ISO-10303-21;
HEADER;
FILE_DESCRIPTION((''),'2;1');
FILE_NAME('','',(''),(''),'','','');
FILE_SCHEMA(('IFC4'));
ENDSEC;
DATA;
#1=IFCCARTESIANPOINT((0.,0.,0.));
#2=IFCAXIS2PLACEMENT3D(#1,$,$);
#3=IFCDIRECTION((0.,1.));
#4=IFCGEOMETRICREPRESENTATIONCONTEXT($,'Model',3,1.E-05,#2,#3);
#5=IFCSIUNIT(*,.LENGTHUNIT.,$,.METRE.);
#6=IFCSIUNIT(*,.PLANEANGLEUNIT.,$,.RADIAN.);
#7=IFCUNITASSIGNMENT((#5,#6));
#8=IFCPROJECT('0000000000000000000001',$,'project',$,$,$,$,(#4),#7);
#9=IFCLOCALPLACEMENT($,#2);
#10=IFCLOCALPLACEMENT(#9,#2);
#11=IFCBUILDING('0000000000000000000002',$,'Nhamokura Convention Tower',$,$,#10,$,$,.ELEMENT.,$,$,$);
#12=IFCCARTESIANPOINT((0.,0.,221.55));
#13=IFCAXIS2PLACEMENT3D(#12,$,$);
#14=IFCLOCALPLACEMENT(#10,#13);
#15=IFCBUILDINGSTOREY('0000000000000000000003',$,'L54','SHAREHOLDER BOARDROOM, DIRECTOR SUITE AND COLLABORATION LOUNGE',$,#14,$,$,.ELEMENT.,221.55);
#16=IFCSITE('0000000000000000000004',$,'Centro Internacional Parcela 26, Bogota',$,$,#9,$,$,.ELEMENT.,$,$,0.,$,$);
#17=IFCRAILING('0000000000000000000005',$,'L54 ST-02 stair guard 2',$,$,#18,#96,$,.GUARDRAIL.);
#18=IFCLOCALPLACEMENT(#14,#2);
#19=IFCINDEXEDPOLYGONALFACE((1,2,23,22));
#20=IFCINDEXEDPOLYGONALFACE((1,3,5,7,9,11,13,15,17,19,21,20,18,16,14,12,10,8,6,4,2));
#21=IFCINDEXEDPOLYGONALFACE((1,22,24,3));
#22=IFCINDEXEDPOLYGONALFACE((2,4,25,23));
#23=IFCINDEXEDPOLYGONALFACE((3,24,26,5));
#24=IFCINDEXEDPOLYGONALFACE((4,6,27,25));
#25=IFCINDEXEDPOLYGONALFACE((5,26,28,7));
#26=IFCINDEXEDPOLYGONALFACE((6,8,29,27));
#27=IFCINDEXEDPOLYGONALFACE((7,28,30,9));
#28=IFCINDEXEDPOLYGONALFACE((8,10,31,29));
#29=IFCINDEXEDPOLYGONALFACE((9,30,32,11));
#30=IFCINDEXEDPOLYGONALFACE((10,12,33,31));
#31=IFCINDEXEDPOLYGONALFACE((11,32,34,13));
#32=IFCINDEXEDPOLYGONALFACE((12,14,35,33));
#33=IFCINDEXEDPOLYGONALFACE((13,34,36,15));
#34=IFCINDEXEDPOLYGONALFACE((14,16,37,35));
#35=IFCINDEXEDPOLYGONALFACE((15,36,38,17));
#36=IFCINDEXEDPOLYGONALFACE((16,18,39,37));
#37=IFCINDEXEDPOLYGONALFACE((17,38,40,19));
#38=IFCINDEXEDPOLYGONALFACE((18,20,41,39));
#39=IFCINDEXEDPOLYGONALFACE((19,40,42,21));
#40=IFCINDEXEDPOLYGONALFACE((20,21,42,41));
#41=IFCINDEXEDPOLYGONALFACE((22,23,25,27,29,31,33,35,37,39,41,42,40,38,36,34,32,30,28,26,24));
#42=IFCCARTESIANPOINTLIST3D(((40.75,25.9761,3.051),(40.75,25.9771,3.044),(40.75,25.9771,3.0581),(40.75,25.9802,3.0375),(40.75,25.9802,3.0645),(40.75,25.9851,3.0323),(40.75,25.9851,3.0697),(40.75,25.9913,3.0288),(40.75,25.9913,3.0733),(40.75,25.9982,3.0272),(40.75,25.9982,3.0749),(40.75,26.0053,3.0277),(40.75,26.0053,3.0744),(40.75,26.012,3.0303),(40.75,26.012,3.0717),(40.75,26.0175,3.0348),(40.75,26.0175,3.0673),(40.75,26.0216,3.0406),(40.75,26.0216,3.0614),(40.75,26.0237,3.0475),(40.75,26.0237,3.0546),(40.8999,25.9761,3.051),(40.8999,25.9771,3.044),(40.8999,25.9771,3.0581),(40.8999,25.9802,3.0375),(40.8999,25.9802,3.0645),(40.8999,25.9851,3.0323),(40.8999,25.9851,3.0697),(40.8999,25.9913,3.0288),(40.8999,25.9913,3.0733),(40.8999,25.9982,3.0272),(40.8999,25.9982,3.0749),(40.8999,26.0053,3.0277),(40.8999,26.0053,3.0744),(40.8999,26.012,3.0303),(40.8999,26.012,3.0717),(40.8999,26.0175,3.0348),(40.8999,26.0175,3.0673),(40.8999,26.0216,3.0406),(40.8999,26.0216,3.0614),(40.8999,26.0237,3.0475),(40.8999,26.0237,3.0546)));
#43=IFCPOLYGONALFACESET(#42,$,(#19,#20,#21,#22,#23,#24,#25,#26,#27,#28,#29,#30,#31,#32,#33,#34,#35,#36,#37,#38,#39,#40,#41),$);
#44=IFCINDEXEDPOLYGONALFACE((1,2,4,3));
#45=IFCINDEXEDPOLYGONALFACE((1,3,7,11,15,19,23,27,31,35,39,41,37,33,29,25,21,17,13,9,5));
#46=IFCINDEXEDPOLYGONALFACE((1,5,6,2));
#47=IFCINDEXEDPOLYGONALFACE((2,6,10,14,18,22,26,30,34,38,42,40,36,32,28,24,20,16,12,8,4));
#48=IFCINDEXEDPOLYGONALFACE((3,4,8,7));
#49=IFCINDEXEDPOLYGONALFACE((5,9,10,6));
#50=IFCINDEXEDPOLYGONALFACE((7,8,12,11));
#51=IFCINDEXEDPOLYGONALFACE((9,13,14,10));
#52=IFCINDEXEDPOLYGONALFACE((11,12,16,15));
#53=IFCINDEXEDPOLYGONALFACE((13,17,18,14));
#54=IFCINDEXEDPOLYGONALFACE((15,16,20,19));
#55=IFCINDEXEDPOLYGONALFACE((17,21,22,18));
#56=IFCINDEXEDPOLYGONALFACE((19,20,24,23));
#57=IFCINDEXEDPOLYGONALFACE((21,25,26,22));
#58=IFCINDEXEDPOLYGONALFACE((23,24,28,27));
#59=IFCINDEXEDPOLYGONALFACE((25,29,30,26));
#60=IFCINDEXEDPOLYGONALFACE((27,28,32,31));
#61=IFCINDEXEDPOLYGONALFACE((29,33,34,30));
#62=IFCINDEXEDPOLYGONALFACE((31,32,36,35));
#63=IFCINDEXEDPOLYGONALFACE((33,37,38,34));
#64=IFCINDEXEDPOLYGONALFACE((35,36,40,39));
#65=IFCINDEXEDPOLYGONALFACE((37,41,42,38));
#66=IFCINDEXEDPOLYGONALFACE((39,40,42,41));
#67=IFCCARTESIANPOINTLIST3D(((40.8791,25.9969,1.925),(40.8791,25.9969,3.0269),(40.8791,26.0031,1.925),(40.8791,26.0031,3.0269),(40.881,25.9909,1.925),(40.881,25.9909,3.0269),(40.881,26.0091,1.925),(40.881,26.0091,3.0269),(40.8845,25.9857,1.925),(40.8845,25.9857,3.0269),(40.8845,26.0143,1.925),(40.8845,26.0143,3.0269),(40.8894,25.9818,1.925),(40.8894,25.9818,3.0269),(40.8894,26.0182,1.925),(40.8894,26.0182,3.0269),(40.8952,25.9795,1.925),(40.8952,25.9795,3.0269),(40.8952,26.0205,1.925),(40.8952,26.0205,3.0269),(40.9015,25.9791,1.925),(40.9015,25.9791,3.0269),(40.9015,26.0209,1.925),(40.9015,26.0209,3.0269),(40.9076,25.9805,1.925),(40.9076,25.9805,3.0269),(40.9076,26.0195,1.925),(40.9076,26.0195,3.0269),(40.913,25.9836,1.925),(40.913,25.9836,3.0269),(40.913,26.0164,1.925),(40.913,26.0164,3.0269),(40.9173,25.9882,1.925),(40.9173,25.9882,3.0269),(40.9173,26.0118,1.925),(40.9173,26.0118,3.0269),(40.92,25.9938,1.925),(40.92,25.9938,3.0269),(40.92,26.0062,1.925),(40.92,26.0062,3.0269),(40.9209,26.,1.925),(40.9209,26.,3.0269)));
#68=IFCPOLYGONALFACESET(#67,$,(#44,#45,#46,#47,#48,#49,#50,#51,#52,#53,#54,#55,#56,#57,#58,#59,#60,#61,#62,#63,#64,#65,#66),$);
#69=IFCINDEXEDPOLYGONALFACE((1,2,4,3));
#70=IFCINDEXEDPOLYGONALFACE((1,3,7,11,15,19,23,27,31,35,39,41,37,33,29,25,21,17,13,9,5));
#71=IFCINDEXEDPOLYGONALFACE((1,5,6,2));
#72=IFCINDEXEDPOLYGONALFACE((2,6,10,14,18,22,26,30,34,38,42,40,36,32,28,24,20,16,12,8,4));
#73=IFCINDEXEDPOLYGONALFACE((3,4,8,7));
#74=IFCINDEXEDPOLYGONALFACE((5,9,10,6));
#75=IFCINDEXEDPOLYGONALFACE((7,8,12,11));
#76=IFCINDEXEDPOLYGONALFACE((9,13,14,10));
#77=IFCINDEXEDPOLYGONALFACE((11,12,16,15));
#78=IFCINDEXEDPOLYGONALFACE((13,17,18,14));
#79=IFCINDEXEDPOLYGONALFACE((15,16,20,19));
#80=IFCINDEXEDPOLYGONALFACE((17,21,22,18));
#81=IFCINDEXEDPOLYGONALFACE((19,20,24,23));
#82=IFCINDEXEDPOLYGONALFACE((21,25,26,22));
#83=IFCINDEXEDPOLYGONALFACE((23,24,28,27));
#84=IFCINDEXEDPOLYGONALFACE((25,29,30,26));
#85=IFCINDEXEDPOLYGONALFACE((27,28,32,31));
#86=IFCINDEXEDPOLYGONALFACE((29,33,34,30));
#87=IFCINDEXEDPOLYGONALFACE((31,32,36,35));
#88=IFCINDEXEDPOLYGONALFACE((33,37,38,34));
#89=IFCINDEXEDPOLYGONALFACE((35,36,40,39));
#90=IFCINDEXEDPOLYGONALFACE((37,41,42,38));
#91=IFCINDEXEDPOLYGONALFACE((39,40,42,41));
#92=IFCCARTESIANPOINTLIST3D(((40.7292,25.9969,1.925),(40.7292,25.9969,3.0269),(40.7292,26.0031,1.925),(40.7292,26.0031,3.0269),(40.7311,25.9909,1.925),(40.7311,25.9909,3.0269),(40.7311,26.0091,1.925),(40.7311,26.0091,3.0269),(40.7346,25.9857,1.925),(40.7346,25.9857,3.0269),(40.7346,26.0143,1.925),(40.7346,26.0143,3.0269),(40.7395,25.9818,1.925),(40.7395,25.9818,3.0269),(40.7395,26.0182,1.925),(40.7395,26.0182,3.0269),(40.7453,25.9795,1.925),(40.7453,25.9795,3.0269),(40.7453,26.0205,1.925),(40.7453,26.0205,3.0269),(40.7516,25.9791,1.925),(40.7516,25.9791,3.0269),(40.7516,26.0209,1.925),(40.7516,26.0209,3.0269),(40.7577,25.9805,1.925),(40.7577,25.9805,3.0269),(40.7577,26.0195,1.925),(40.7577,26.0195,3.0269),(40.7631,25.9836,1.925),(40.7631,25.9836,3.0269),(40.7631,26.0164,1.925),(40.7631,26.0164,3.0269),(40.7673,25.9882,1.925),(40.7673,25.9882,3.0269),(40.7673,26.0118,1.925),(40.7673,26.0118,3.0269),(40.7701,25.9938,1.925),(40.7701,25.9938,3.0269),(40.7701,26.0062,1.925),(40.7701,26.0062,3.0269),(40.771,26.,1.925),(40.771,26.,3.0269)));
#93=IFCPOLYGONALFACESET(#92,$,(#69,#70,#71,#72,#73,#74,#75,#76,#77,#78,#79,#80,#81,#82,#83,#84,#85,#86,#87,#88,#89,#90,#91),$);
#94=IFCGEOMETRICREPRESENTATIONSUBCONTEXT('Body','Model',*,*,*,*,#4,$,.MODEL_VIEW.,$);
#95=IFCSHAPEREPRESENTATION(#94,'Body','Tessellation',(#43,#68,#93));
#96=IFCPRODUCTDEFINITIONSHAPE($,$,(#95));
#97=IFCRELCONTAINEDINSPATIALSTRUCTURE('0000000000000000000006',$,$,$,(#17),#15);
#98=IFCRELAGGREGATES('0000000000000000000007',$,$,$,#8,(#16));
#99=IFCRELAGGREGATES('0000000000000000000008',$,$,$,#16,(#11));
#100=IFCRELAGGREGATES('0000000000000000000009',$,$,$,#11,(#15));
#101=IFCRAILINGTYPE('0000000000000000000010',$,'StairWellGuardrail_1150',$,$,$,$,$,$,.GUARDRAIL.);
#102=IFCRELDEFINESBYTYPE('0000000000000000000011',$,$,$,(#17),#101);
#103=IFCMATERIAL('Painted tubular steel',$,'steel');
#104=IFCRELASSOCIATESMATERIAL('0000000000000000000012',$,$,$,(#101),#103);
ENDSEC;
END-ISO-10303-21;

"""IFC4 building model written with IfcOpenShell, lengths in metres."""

from ifc_helpers import new_model, si_unit, direction, frame, origin, origin_2d, place, context, subcontext, project, spatial, circle, extrude, material, type_object, element, save


model = new_model("IFC4")

# Units and contexts
model_context = context("Model", 3, precision=1e-05, world=origin(), true_north=direction((0.0, 1.0)))
body_context = subcontext(model_context, "Body", "Model", "MODEL_VIEW")
ifc_project = project(units=[si_unit("LENGTHUNIT", "METRE"), si_unit("PLANEANGLEUNIT", "RADIAN")], contexts=[model_context])

# Site, building, storey
site_placement = place(None, origin())
site = spatial("IfcSite", under=ifc_project, at=site_placement, Name="Centro Internacional Parcela 26, Bogota", CompositionType="ELEMENT", RefElevation=0.0)
building_placement = place(site_placement, origin())
building = spatial("IfcBuilding", under=site, at=building_placement, Name="Nhamokura Convention Tower", CompositionType="ELEMENT")
storey_placement = place(building_placement, frame((0.0, 0.0, 221.55)))
storey = spatial("IfcBuildingStorey", under=building, at=storey_placement, Name="L54", Description="SHAREHOLDER BOARDROOM, DIRECTOR SUITE AND COLLABORATION LOUNGE", CompositionType="ELEMENT", Elevation=221.55)

# Railing
ifc_material_1 = material(Name="Painted tubular steel", Category="steel")
railing_type_1 = type_object("IfcRailingType", Name="StairWellGuardrail_1150", PredefinedType="GUARDRAIL", material=ifc_material_1)
railing_1_placement = place(storey_placement, frame((40.8999, 26.0, 1.925)))
element("IfcRailing", 1, at=railing_1_placement, inside=storey, type_object=railing_type_1, Name="L54 ST-02 stair guard 2", PredefinedType="GUARDRAIL", context=body_context, shape_type="SweptSolid", body=[
    extrude(circle(Radius=0.0239, at=origin_2d()), frame((0.0, 0.0, 1.126), z_axis=(-1.0, 0.0, 0.0), x_axis=(0.0, -1.0, 0.0)), (0.0, 0.0, 1.0), 0.1499),
    extrude(circle(Radius=0.021, at=origin_2d()), origin(), (0.0, 0.0, 1.0), 1.1018),
    extrude(circle(Radius=0.021, at=origin_2d()), frame((-0.1499, 0.0, 0.0)), (0.0, 0.0, 1.0), 1.1018),
])

save(model, "model.ifc")
